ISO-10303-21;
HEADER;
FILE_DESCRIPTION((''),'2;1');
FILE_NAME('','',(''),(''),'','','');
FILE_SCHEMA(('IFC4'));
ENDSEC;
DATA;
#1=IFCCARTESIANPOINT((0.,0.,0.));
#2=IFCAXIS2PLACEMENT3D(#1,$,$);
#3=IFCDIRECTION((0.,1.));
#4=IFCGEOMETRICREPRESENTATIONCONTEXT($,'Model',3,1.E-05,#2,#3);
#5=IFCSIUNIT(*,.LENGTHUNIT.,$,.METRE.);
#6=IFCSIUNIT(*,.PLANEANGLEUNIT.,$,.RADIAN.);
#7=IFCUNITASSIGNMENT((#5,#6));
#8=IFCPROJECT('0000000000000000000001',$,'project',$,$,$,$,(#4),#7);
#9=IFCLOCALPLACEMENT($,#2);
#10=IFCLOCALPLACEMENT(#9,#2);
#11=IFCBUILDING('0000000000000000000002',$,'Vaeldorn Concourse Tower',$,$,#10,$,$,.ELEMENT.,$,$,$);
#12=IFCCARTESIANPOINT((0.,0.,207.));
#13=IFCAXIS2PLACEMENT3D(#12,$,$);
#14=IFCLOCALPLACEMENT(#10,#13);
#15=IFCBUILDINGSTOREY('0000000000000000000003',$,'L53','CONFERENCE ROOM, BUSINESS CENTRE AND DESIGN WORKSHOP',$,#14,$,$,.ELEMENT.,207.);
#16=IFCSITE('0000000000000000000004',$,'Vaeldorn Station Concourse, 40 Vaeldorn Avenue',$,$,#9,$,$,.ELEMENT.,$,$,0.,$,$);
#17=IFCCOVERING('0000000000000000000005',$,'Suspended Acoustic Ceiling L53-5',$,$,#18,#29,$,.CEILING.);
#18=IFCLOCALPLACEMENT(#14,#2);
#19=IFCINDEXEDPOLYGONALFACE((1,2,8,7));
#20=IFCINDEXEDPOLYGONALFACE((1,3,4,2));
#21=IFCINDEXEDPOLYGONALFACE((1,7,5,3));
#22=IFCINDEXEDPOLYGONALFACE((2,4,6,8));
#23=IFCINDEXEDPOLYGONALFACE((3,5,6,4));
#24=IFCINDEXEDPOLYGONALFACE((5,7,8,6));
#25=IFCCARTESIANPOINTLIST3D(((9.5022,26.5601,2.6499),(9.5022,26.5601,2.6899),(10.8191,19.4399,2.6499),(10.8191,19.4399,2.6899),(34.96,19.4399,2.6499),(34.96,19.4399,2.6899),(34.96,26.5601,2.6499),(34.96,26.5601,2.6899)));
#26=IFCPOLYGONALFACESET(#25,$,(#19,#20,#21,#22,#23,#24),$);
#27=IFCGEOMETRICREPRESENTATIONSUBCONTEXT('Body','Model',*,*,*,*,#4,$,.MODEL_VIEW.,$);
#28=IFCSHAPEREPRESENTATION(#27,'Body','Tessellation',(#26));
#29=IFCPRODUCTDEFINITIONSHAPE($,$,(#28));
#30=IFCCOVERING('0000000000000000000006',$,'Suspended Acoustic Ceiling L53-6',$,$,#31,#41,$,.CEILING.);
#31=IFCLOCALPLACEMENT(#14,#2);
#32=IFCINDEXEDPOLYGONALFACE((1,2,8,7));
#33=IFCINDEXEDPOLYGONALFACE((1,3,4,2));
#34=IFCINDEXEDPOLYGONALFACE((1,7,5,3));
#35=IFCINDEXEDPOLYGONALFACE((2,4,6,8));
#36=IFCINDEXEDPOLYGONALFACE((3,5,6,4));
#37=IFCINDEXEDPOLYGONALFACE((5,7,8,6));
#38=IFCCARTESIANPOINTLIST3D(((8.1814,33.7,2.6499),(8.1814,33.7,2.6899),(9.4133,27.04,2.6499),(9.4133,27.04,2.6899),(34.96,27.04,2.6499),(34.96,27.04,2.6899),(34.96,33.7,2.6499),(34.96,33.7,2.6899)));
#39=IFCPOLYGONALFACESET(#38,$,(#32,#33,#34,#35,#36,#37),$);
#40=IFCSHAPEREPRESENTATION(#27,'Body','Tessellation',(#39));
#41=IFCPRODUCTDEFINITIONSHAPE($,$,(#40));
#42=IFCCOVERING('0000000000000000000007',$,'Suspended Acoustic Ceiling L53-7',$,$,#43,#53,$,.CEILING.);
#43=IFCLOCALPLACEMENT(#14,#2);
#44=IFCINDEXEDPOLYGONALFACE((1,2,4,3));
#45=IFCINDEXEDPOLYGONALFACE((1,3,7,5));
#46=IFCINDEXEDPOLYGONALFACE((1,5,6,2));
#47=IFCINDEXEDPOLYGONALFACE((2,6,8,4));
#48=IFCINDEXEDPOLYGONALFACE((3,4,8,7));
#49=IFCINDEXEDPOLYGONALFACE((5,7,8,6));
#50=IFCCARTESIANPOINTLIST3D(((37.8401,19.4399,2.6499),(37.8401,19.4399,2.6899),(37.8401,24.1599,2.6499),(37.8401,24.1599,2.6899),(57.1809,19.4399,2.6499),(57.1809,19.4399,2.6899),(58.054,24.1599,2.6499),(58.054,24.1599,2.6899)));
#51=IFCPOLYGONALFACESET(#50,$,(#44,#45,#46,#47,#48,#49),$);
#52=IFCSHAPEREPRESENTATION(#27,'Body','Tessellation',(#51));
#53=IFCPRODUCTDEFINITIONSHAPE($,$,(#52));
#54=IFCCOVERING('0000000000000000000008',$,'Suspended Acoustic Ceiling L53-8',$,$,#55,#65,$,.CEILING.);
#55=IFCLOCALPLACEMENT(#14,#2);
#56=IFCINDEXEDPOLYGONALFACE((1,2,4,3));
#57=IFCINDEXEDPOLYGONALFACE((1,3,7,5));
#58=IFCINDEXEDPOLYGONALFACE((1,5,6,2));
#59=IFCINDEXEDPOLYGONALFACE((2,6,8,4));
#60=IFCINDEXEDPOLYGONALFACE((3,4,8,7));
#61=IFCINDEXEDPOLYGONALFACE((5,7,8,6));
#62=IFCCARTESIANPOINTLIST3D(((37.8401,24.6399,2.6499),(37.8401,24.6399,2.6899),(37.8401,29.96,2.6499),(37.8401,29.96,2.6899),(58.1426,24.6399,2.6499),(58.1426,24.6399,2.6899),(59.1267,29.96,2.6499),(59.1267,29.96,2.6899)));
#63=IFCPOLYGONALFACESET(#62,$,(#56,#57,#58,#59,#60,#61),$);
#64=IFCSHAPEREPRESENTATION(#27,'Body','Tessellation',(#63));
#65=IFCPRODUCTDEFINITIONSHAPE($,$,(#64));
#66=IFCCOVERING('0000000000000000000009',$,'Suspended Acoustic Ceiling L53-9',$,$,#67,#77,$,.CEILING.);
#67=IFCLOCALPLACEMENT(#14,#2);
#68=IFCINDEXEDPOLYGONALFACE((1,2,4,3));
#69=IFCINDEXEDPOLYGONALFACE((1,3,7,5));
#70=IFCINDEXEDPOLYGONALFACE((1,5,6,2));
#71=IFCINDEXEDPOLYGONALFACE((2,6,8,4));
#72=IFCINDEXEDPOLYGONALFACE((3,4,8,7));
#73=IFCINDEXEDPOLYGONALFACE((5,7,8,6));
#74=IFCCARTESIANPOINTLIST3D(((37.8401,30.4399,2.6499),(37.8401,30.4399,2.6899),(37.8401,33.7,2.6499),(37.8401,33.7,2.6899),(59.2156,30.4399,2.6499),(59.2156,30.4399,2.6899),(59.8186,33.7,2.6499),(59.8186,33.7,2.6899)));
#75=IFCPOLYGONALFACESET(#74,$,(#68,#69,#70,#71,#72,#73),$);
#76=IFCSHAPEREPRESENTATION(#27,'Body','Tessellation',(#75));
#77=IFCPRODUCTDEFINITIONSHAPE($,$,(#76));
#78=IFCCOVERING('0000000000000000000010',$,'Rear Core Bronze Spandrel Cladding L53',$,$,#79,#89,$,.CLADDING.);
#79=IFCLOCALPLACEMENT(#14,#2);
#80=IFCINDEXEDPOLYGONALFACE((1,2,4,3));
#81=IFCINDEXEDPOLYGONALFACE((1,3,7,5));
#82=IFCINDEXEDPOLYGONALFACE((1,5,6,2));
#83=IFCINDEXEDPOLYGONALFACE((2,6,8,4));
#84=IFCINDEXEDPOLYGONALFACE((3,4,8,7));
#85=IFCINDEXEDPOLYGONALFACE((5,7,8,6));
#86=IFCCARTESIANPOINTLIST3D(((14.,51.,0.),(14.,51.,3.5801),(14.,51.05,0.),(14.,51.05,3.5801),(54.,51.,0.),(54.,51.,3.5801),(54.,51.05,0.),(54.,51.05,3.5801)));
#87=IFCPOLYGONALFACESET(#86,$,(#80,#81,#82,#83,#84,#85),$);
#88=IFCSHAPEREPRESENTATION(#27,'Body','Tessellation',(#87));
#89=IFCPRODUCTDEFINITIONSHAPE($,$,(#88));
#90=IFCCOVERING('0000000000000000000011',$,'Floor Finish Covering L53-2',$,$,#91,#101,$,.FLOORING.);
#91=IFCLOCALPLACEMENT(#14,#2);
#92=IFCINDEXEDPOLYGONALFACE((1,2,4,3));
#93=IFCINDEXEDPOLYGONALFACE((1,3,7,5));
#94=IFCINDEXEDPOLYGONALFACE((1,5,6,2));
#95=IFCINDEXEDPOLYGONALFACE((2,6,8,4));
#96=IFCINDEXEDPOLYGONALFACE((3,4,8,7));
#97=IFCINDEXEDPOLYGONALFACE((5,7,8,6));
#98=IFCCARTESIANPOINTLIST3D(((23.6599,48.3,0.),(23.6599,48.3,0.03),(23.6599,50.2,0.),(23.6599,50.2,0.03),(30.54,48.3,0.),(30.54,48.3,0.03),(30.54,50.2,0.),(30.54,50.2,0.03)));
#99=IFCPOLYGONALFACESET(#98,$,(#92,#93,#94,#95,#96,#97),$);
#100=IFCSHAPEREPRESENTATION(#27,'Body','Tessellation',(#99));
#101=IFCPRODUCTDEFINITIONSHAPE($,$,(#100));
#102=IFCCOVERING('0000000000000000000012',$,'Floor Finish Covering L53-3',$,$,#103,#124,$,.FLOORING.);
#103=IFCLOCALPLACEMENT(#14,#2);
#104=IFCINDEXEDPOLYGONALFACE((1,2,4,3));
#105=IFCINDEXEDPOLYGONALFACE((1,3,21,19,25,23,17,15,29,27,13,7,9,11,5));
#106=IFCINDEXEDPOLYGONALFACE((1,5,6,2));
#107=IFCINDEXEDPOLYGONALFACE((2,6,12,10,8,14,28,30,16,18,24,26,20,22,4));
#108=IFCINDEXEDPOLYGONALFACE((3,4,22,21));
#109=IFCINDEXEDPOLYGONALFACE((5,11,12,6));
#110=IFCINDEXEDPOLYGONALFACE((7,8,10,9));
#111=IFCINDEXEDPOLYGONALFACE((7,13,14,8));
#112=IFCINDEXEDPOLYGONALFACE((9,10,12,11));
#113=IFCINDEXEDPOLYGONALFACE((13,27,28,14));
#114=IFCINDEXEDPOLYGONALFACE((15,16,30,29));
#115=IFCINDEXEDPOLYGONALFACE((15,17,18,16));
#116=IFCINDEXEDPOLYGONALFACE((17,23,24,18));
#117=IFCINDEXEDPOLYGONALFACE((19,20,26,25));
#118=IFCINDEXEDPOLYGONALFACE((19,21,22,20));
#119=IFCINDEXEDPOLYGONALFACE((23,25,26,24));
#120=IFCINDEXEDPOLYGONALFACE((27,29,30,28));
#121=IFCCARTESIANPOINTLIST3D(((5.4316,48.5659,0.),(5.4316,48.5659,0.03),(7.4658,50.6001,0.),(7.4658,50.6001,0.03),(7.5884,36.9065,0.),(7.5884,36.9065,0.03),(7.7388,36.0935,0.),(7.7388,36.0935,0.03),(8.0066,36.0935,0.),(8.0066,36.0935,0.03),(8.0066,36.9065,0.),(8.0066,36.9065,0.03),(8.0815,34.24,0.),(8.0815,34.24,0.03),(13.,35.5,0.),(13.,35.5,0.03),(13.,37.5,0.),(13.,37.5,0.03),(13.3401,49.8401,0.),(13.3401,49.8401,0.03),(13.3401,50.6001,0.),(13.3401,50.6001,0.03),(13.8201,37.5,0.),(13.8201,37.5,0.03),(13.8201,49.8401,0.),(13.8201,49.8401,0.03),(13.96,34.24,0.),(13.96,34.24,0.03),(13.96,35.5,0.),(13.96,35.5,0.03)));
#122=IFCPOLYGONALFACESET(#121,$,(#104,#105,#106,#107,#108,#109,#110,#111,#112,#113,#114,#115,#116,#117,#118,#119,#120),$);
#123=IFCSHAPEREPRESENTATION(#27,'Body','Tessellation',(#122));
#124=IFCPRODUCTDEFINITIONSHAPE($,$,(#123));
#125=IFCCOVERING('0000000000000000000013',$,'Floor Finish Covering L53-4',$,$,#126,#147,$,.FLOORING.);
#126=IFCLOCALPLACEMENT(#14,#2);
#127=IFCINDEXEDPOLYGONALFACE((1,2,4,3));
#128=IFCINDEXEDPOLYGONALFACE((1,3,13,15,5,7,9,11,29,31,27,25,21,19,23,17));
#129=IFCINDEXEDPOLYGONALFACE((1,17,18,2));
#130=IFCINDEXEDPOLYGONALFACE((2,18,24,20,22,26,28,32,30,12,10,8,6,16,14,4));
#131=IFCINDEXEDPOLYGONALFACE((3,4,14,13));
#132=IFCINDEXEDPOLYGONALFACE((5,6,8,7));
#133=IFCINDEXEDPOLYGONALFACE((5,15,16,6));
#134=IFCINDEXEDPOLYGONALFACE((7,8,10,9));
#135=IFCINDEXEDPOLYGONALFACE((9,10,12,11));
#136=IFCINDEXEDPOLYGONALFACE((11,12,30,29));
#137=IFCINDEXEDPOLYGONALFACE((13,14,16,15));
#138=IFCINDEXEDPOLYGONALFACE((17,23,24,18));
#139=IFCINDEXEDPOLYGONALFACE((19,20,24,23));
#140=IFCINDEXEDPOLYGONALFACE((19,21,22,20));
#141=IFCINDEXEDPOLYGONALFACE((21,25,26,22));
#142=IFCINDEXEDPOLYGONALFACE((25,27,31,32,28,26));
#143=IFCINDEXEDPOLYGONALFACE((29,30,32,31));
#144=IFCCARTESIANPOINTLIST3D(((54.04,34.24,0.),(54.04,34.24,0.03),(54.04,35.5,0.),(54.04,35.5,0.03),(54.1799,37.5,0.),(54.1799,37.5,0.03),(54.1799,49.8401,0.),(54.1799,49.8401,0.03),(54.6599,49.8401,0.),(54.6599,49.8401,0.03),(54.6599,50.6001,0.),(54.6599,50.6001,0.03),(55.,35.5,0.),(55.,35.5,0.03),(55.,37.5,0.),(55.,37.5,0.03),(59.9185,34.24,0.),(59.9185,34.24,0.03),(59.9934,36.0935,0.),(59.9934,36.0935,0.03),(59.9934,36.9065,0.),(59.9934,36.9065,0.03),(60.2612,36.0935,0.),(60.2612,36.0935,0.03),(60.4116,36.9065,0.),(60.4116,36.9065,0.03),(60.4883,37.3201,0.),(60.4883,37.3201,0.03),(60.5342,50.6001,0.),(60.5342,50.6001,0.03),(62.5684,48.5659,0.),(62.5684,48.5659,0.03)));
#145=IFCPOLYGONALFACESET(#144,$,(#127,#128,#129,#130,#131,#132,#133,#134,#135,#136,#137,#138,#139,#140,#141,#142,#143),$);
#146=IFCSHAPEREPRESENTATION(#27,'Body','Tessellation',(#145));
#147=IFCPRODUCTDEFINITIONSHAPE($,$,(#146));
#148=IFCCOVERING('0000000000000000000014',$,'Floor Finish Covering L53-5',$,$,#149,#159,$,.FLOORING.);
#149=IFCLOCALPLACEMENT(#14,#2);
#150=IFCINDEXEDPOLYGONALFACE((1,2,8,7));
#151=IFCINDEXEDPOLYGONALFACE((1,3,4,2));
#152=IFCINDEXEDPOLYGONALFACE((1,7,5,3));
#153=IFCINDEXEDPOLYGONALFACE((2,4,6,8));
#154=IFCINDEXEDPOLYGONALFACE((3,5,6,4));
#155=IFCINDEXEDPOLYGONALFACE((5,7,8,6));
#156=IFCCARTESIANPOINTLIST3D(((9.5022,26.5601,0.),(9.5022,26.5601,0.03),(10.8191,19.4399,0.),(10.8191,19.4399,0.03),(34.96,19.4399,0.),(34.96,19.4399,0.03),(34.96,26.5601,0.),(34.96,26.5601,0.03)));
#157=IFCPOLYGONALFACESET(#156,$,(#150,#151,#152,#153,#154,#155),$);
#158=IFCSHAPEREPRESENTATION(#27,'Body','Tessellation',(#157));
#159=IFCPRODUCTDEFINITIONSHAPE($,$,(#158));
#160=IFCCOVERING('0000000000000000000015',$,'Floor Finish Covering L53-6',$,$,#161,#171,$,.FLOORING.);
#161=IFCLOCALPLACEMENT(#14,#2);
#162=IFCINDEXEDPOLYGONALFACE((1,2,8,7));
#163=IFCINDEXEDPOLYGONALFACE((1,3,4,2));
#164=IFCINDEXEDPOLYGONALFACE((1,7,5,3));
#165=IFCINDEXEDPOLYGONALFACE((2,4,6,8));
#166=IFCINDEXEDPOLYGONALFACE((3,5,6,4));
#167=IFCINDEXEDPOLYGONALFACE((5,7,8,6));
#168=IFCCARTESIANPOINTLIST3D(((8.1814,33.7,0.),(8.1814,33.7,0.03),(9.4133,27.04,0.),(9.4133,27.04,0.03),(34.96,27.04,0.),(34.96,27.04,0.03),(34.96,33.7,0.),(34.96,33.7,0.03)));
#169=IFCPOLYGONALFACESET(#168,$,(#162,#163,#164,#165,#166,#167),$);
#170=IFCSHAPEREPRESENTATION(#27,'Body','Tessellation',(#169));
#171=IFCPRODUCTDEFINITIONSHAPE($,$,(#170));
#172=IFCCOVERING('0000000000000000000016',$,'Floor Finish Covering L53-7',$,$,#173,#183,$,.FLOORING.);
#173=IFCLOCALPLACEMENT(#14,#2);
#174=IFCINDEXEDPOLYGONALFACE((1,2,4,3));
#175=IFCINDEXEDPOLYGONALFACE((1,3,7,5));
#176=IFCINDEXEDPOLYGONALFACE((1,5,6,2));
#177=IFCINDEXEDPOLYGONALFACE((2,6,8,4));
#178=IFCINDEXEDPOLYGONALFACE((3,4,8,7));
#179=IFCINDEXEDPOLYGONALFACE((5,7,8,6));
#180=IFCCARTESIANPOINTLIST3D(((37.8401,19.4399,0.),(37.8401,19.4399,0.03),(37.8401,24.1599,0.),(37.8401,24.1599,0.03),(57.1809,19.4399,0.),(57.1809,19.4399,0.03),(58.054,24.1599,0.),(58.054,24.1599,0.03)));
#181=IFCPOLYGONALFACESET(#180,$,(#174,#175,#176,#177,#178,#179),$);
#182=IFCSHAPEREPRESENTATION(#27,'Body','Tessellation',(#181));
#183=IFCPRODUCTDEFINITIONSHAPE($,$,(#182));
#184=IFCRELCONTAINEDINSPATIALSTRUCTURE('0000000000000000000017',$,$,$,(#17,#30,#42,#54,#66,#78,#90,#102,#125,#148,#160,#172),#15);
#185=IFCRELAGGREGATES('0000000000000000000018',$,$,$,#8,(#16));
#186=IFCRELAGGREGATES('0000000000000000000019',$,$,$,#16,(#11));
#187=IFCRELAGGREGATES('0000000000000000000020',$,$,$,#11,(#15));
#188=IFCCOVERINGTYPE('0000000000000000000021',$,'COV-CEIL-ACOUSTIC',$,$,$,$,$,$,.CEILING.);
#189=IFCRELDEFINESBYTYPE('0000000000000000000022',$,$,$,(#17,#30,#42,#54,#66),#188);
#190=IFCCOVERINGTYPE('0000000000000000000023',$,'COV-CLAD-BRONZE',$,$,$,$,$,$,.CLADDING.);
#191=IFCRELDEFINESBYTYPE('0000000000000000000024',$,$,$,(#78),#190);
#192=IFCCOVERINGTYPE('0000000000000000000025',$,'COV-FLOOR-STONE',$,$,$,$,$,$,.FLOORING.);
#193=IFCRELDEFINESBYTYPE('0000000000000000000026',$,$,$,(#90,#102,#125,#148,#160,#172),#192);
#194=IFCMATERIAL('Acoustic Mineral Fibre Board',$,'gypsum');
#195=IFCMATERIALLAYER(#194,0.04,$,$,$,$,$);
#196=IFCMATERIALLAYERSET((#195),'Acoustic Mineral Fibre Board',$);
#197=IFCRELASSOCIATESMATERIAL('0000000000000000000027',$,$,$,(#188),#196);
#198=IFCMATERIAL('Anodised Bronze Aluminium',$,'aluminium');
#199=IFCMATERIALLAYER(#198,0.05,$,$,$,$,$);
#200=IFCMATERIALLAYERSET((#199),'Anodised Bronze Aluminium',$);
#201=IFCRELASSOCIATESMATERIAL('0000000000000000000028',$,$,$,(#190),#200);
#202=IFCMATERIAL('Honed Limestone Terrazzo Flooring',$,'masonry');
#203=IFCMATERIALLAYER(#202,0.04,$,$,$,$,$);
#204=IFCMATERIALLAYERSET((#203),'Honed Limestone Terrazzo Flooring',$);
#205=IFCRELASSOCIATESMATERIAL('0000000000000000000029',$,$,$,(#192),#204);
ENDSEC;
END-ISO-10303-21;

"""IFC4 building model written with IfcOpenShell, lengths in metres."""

from ifc_helpers import new_model, si_unit, direction, frame, origin, place, context, subcontext, project, spatial, polyline, outline, extrude, material, layer, layer_set, type_object, element, save


model = new_model("IFC4")

# Units and contexts
model_context = context("Model", 3, precision=1e-05, world=origin(), true_north=direction((0.0, 1.0)))
body_context = subcontext(model_context, "Body", "Model", "MODEL_VIEW")
ifc_project = project(units=[si_unit("LENGTHUNIT", "METRE"), si_unit("PLANEANGLEUNIT", "RADIAN")], contexts=[model_context])

# Site, building, storey
site_placement = place(None, origin())
site = spatial("IfcSite", under=ifc_project, at=site_placement, Name="Vaeldorn Station Concourse, 40 Vaeldorn Avenue", CompositionType="ELEMENT", RefElevation=0.0)
building_placement = place(site_placement, origin())
building = spatial("IfcBuilding", under=site, at=building_placement, Name="Vaeldorn Concourse Tower", CompositionType="ELEMENT")
storey_placement = place(building_placement, frame((0.0, 0.0, 207.0)))
storey = spatial("IfcBuildingStorey", under=building, at=storey_placement, Name="L53", Description="CONFERENCE ROOM, BUSINESS CENTRE AND DESIGN WORKSHOP", CompositionType="ELEMENT", Elevation=207.0)

# Coverings
ifc_material_1 = material(Name="Acoustic Mineral Fibre Board", Category="gypsum")
ifc_layer_1 = layer(ifc_material_1, 0.04)
ifc_layer_set_1 = layer_set([ifc_layer_1], Name="Acoustic Mineral Fibre Board")
covering_type_1 = type_object("IfcCoveringType", Name="COV-CEIL-ACOUSTIC", PredefinedType="CEILING", material=ifc_layer_set_1)
covering_1_placement = place(storey_placement, frame((0.0, 0.0, 2.6499)))
element("IfcCovering", 1, at=covering_1_placement, inside=storey, type_object=covering_type_1, Name="Suspended Acoustic Ceiling L53-5", PredefinedType="CEILING", context=body_context, shape_type="SweptSolid", body=[
    extrude(outline(polyline([(34.96, 26.5601), (34.96, 19.4399), (10.8191, 19.4399), (9.5022, 26.5601), (34.96, 26.5601)])), origin(), (0.0, 0.0, 1.0), 0.04),
])
covering_2_placement = place(storey_placement, frame((0.0, 0.0, 2.6499)))
element("IfcCovering", 2, at=covering_2_placement, inside=storey, type_object=covering_type_1, Name="Suspended Acoustic Ceiling L53-6", PredefinedType="CEILING", context=body_context, shape_type="SweptSolid", body=[
    extrude(outline(polyline([(34.96, 33.7), (34.96, 27.04), (9.4133, 27.04), (8.1814, 33.7), (34.96, 33.7)])), origin(), (0.0, 0.0, 1.0), 0.04),
])
covering_3_placement = place(storey_placement, frame((0.0, 0.0, 2.6499)))
element("IfcCovering", 3, at=covering_3_placement, inside=storey, type_object=covering_type_1, Name="Suspended Acoustic Ceiling L53-7", PredefinedType="CEILING", context=body_context, shape_type="SweptSolid", body=[
    extrude(outline(polyline([(37.8401, 19.4399), (37.8401, 24.1599), (58.054, 24.1599), (57.1809, 19.4399), (37.8401, 19.4399)])), origin(), (0.0, 0.0, 1.0), 0.04),
])
covering_4_placement = place(storey_placement, frame((0.0, 0.0, 2.6499)))
element("IfcCovering", 4, at=covering_4_placement, inside=storey, type_object=covering_type_1, Name="Suspended Acoustic Ceiling L53-8", PredefinedType="CEILING", context=body_context, shape_type="SweptSolid", body=[
    extrude(outline(polyline([(37.8401, 24.6399), (37.8401, 29.96), (59.1267, 29.96), (58.1426, 24.6399), (37.8401, 24.6399)])), origin(), (0.0, 0.0, 1.0), 0.04),
])
covering_5_placement = place(storey_placement, frame((0.0, 0.0, 2.6499)))
element("IfcCovering", 5, at=covering_5_placement, inside=storey, type_object=covering_type_1, Name="Suspended Acoustic Ceiling L53-9", PredefinedType="CEILING", context=body_context, shape_type="SweptSolid", body=[
    extrude(outline(polyline([(37.8401, 30.4399), (37.8401, 33.7), (59.8186, 33.7), (59.2156, 30.4399), (37.8401, 30.4399)])), origin(), (0.0, 0.0, 1.0), 0.04),
])
ifc_material_2 = material(Name="Anodised Bronze Aluminium", Category="aluminium")
ifc_layer_2 = layer(ifc_material_2, 0.05)
ifc_layer_set_2 = layer_set([ifc_layer_2], Name="Anodised Bronze Aluminium")
covering_type_2 = type_object("IfcCoveringType", Name="COV-CLAD-BRONZE", PredefinedType="CLADDING", material=ifc_layer_set_2)
covering_6_placement = place(storey_placement, origin())
element("IfcCovering", 6, at=covering_6_placement, inside=storey, type_object=covering_type_2, Name="Rear Core Bronze Spandrel Cladding L53", PredefinedType="CLADDING", context=body_context, shape_type="SweptSolid", body=[
    extrude(outline(polyline([(14.0, 51.0), (54.0, 51.0), (54.0, 51.05), (14.0, 51.05), (14.0, 51.0)])), origin(), (0.0, 0.0, 1.0), 3.5801),
])
ifc_material_3 = material(Name="Honed Limestone Terrazzo Flooring", Category="masonry")
ifc_layer_3 = layer(ifc_material_3, 0.04)
ifc_layer_set_3 = layer_set([ifc_layer_3], Name="Honed Limestone Terrazzo Flooring")
covering_type_3 = type_object("IfcCoveringType", Name="COV-FLOOR-STONE", PredefinedType="FLOORING", material=ifc_layer_set_3)
covering_7_placement = place(storey_placement, origin())
element("IfcCovering", 7, at=covering_7_placement, inside=storey, type_object=covering_type_3, Name="Floor Finish Covering L53-2", PredefinedType="FLOORING", context=body_context, shape_type="SweptSolid", body=[
    extrude(outline(polyline([(30.54, 50.2), (30.54, 48.3), (23.6599, 48.3), (23.6599, 50.2), (30.54, 50.2)])), origin(), (0.0, 0.0, 1.0), 0.03),
])
covering_8_placement = place(storey_placement, origin())
element("IfcCovering", 8, at=covering_8_placement, inside=storey, type_object=covering_type_3, Name="Floor Finish Covering L53-3", PredefinedType="FLOORING", context=body_context, shape_type="SweptSolid", body=[
    extrude(outline(polyline([(7.4658, 50.6001), (13.3401, 50.6001), (13.3401, 49.8401), (13.8201, 49.8401), (13.8201, 37.5), (13.0, 37.5), (13.0, 35.5), (13.96, 35.5), (13.96, 34.24), (8.0815, 34.24), (7.7388, 36.0935), (8.0066, 36.0935), (8.0066, 36.9065), (7.5884, 36.9065), (5.4316, 48.5659), (7.4658, 50.6001)])), origin(), (0.0, 0.0, 1.0), 0.03),
])
covering_9_placement = place(storey_placement, origin())
element("IfcCovering", 9, at=covering_9_placement, inside=storey, type_object=covering_type_3, Name="Floor Finish Covering L53-4", PredefinedType="FLOORING", context=body_context, shape_type="SweptSolid", body=[
    extrude(outline(polyline([(54.1799, 49.8401), (54.6599, 49.8401), (54.6599, 50.6001), (60.5342, 50.6001), (62.5684, 48.5659), (60.4883, 37.3201), (60.4883, 37.3201), (60.4116, 36.9065), (59.9934, 36.9065), (59.9934, 36.0935), (60.2612, 36.0935), (59.9185, 34.24), (54.04, 34.24), (54.04, 35.5), (55.0, 35.5), (55.0, 37.5), (54.1799, 37.5), (54.1799, 49.8401)])), origin(), (0.0, 0.0, 1.0), 0.03),
])
covering_10_placement = place(storey_placement, origin())
element("IfcCovering", 10, at=covering_10_placement, inside=storey, type_object=covering_type_3, Name="Floor Finish Covering L53-5", PredefinedType="FLOORING", context=body_context, shape_type="SweptSolid", body=[
    extrude(outline(polyline([(34.96, 26.5601), (34.96, 19.4399), (10.8191, 19.4399), (9.5022, 26.5601), (34.96, 26.5601)])), origin(), (0.0, 0.0, 1.0), 0.03),
])
covering_11_placement = place(storey_placement, origin())
element("IfcCovering", 11, at=covering_11_placement, inside=storey, type_object=covering_type_3, Name="Floor Finish Covering L53-6", PredefinedType="FLOORING", context=body_context, shape_type="SweptSolid", body=[
    extrude(outline(polyline([(34.96, 33.7), (34.96, 27.04), (9.4133, 27.04), (8.1814, 33.7), (34.96, 33.7)])), origin(), (0.0, 0.0, 1.0), 0.03),
])
covering_12_placement = place(storey_placement, origin())
element("IfcCovering", 12, at=covering_12_placement, inside=storey, type_object=covering_type_3, Name="Floor Finish Covering L53-7", PredefinedType="FLOORING", context=body_context, shape_type="SweptSolid", body=[
    extrude(outline(polyline([(37.8401, 19.4399), (37.8401, 24.1599), (58.054, 24.1599), (57.1809, 19.4399), (37.8401, 19.4399)])), origin(), (0.0, 0.0, 1.0), 0.03),
])

save(model, "model.ifc")
